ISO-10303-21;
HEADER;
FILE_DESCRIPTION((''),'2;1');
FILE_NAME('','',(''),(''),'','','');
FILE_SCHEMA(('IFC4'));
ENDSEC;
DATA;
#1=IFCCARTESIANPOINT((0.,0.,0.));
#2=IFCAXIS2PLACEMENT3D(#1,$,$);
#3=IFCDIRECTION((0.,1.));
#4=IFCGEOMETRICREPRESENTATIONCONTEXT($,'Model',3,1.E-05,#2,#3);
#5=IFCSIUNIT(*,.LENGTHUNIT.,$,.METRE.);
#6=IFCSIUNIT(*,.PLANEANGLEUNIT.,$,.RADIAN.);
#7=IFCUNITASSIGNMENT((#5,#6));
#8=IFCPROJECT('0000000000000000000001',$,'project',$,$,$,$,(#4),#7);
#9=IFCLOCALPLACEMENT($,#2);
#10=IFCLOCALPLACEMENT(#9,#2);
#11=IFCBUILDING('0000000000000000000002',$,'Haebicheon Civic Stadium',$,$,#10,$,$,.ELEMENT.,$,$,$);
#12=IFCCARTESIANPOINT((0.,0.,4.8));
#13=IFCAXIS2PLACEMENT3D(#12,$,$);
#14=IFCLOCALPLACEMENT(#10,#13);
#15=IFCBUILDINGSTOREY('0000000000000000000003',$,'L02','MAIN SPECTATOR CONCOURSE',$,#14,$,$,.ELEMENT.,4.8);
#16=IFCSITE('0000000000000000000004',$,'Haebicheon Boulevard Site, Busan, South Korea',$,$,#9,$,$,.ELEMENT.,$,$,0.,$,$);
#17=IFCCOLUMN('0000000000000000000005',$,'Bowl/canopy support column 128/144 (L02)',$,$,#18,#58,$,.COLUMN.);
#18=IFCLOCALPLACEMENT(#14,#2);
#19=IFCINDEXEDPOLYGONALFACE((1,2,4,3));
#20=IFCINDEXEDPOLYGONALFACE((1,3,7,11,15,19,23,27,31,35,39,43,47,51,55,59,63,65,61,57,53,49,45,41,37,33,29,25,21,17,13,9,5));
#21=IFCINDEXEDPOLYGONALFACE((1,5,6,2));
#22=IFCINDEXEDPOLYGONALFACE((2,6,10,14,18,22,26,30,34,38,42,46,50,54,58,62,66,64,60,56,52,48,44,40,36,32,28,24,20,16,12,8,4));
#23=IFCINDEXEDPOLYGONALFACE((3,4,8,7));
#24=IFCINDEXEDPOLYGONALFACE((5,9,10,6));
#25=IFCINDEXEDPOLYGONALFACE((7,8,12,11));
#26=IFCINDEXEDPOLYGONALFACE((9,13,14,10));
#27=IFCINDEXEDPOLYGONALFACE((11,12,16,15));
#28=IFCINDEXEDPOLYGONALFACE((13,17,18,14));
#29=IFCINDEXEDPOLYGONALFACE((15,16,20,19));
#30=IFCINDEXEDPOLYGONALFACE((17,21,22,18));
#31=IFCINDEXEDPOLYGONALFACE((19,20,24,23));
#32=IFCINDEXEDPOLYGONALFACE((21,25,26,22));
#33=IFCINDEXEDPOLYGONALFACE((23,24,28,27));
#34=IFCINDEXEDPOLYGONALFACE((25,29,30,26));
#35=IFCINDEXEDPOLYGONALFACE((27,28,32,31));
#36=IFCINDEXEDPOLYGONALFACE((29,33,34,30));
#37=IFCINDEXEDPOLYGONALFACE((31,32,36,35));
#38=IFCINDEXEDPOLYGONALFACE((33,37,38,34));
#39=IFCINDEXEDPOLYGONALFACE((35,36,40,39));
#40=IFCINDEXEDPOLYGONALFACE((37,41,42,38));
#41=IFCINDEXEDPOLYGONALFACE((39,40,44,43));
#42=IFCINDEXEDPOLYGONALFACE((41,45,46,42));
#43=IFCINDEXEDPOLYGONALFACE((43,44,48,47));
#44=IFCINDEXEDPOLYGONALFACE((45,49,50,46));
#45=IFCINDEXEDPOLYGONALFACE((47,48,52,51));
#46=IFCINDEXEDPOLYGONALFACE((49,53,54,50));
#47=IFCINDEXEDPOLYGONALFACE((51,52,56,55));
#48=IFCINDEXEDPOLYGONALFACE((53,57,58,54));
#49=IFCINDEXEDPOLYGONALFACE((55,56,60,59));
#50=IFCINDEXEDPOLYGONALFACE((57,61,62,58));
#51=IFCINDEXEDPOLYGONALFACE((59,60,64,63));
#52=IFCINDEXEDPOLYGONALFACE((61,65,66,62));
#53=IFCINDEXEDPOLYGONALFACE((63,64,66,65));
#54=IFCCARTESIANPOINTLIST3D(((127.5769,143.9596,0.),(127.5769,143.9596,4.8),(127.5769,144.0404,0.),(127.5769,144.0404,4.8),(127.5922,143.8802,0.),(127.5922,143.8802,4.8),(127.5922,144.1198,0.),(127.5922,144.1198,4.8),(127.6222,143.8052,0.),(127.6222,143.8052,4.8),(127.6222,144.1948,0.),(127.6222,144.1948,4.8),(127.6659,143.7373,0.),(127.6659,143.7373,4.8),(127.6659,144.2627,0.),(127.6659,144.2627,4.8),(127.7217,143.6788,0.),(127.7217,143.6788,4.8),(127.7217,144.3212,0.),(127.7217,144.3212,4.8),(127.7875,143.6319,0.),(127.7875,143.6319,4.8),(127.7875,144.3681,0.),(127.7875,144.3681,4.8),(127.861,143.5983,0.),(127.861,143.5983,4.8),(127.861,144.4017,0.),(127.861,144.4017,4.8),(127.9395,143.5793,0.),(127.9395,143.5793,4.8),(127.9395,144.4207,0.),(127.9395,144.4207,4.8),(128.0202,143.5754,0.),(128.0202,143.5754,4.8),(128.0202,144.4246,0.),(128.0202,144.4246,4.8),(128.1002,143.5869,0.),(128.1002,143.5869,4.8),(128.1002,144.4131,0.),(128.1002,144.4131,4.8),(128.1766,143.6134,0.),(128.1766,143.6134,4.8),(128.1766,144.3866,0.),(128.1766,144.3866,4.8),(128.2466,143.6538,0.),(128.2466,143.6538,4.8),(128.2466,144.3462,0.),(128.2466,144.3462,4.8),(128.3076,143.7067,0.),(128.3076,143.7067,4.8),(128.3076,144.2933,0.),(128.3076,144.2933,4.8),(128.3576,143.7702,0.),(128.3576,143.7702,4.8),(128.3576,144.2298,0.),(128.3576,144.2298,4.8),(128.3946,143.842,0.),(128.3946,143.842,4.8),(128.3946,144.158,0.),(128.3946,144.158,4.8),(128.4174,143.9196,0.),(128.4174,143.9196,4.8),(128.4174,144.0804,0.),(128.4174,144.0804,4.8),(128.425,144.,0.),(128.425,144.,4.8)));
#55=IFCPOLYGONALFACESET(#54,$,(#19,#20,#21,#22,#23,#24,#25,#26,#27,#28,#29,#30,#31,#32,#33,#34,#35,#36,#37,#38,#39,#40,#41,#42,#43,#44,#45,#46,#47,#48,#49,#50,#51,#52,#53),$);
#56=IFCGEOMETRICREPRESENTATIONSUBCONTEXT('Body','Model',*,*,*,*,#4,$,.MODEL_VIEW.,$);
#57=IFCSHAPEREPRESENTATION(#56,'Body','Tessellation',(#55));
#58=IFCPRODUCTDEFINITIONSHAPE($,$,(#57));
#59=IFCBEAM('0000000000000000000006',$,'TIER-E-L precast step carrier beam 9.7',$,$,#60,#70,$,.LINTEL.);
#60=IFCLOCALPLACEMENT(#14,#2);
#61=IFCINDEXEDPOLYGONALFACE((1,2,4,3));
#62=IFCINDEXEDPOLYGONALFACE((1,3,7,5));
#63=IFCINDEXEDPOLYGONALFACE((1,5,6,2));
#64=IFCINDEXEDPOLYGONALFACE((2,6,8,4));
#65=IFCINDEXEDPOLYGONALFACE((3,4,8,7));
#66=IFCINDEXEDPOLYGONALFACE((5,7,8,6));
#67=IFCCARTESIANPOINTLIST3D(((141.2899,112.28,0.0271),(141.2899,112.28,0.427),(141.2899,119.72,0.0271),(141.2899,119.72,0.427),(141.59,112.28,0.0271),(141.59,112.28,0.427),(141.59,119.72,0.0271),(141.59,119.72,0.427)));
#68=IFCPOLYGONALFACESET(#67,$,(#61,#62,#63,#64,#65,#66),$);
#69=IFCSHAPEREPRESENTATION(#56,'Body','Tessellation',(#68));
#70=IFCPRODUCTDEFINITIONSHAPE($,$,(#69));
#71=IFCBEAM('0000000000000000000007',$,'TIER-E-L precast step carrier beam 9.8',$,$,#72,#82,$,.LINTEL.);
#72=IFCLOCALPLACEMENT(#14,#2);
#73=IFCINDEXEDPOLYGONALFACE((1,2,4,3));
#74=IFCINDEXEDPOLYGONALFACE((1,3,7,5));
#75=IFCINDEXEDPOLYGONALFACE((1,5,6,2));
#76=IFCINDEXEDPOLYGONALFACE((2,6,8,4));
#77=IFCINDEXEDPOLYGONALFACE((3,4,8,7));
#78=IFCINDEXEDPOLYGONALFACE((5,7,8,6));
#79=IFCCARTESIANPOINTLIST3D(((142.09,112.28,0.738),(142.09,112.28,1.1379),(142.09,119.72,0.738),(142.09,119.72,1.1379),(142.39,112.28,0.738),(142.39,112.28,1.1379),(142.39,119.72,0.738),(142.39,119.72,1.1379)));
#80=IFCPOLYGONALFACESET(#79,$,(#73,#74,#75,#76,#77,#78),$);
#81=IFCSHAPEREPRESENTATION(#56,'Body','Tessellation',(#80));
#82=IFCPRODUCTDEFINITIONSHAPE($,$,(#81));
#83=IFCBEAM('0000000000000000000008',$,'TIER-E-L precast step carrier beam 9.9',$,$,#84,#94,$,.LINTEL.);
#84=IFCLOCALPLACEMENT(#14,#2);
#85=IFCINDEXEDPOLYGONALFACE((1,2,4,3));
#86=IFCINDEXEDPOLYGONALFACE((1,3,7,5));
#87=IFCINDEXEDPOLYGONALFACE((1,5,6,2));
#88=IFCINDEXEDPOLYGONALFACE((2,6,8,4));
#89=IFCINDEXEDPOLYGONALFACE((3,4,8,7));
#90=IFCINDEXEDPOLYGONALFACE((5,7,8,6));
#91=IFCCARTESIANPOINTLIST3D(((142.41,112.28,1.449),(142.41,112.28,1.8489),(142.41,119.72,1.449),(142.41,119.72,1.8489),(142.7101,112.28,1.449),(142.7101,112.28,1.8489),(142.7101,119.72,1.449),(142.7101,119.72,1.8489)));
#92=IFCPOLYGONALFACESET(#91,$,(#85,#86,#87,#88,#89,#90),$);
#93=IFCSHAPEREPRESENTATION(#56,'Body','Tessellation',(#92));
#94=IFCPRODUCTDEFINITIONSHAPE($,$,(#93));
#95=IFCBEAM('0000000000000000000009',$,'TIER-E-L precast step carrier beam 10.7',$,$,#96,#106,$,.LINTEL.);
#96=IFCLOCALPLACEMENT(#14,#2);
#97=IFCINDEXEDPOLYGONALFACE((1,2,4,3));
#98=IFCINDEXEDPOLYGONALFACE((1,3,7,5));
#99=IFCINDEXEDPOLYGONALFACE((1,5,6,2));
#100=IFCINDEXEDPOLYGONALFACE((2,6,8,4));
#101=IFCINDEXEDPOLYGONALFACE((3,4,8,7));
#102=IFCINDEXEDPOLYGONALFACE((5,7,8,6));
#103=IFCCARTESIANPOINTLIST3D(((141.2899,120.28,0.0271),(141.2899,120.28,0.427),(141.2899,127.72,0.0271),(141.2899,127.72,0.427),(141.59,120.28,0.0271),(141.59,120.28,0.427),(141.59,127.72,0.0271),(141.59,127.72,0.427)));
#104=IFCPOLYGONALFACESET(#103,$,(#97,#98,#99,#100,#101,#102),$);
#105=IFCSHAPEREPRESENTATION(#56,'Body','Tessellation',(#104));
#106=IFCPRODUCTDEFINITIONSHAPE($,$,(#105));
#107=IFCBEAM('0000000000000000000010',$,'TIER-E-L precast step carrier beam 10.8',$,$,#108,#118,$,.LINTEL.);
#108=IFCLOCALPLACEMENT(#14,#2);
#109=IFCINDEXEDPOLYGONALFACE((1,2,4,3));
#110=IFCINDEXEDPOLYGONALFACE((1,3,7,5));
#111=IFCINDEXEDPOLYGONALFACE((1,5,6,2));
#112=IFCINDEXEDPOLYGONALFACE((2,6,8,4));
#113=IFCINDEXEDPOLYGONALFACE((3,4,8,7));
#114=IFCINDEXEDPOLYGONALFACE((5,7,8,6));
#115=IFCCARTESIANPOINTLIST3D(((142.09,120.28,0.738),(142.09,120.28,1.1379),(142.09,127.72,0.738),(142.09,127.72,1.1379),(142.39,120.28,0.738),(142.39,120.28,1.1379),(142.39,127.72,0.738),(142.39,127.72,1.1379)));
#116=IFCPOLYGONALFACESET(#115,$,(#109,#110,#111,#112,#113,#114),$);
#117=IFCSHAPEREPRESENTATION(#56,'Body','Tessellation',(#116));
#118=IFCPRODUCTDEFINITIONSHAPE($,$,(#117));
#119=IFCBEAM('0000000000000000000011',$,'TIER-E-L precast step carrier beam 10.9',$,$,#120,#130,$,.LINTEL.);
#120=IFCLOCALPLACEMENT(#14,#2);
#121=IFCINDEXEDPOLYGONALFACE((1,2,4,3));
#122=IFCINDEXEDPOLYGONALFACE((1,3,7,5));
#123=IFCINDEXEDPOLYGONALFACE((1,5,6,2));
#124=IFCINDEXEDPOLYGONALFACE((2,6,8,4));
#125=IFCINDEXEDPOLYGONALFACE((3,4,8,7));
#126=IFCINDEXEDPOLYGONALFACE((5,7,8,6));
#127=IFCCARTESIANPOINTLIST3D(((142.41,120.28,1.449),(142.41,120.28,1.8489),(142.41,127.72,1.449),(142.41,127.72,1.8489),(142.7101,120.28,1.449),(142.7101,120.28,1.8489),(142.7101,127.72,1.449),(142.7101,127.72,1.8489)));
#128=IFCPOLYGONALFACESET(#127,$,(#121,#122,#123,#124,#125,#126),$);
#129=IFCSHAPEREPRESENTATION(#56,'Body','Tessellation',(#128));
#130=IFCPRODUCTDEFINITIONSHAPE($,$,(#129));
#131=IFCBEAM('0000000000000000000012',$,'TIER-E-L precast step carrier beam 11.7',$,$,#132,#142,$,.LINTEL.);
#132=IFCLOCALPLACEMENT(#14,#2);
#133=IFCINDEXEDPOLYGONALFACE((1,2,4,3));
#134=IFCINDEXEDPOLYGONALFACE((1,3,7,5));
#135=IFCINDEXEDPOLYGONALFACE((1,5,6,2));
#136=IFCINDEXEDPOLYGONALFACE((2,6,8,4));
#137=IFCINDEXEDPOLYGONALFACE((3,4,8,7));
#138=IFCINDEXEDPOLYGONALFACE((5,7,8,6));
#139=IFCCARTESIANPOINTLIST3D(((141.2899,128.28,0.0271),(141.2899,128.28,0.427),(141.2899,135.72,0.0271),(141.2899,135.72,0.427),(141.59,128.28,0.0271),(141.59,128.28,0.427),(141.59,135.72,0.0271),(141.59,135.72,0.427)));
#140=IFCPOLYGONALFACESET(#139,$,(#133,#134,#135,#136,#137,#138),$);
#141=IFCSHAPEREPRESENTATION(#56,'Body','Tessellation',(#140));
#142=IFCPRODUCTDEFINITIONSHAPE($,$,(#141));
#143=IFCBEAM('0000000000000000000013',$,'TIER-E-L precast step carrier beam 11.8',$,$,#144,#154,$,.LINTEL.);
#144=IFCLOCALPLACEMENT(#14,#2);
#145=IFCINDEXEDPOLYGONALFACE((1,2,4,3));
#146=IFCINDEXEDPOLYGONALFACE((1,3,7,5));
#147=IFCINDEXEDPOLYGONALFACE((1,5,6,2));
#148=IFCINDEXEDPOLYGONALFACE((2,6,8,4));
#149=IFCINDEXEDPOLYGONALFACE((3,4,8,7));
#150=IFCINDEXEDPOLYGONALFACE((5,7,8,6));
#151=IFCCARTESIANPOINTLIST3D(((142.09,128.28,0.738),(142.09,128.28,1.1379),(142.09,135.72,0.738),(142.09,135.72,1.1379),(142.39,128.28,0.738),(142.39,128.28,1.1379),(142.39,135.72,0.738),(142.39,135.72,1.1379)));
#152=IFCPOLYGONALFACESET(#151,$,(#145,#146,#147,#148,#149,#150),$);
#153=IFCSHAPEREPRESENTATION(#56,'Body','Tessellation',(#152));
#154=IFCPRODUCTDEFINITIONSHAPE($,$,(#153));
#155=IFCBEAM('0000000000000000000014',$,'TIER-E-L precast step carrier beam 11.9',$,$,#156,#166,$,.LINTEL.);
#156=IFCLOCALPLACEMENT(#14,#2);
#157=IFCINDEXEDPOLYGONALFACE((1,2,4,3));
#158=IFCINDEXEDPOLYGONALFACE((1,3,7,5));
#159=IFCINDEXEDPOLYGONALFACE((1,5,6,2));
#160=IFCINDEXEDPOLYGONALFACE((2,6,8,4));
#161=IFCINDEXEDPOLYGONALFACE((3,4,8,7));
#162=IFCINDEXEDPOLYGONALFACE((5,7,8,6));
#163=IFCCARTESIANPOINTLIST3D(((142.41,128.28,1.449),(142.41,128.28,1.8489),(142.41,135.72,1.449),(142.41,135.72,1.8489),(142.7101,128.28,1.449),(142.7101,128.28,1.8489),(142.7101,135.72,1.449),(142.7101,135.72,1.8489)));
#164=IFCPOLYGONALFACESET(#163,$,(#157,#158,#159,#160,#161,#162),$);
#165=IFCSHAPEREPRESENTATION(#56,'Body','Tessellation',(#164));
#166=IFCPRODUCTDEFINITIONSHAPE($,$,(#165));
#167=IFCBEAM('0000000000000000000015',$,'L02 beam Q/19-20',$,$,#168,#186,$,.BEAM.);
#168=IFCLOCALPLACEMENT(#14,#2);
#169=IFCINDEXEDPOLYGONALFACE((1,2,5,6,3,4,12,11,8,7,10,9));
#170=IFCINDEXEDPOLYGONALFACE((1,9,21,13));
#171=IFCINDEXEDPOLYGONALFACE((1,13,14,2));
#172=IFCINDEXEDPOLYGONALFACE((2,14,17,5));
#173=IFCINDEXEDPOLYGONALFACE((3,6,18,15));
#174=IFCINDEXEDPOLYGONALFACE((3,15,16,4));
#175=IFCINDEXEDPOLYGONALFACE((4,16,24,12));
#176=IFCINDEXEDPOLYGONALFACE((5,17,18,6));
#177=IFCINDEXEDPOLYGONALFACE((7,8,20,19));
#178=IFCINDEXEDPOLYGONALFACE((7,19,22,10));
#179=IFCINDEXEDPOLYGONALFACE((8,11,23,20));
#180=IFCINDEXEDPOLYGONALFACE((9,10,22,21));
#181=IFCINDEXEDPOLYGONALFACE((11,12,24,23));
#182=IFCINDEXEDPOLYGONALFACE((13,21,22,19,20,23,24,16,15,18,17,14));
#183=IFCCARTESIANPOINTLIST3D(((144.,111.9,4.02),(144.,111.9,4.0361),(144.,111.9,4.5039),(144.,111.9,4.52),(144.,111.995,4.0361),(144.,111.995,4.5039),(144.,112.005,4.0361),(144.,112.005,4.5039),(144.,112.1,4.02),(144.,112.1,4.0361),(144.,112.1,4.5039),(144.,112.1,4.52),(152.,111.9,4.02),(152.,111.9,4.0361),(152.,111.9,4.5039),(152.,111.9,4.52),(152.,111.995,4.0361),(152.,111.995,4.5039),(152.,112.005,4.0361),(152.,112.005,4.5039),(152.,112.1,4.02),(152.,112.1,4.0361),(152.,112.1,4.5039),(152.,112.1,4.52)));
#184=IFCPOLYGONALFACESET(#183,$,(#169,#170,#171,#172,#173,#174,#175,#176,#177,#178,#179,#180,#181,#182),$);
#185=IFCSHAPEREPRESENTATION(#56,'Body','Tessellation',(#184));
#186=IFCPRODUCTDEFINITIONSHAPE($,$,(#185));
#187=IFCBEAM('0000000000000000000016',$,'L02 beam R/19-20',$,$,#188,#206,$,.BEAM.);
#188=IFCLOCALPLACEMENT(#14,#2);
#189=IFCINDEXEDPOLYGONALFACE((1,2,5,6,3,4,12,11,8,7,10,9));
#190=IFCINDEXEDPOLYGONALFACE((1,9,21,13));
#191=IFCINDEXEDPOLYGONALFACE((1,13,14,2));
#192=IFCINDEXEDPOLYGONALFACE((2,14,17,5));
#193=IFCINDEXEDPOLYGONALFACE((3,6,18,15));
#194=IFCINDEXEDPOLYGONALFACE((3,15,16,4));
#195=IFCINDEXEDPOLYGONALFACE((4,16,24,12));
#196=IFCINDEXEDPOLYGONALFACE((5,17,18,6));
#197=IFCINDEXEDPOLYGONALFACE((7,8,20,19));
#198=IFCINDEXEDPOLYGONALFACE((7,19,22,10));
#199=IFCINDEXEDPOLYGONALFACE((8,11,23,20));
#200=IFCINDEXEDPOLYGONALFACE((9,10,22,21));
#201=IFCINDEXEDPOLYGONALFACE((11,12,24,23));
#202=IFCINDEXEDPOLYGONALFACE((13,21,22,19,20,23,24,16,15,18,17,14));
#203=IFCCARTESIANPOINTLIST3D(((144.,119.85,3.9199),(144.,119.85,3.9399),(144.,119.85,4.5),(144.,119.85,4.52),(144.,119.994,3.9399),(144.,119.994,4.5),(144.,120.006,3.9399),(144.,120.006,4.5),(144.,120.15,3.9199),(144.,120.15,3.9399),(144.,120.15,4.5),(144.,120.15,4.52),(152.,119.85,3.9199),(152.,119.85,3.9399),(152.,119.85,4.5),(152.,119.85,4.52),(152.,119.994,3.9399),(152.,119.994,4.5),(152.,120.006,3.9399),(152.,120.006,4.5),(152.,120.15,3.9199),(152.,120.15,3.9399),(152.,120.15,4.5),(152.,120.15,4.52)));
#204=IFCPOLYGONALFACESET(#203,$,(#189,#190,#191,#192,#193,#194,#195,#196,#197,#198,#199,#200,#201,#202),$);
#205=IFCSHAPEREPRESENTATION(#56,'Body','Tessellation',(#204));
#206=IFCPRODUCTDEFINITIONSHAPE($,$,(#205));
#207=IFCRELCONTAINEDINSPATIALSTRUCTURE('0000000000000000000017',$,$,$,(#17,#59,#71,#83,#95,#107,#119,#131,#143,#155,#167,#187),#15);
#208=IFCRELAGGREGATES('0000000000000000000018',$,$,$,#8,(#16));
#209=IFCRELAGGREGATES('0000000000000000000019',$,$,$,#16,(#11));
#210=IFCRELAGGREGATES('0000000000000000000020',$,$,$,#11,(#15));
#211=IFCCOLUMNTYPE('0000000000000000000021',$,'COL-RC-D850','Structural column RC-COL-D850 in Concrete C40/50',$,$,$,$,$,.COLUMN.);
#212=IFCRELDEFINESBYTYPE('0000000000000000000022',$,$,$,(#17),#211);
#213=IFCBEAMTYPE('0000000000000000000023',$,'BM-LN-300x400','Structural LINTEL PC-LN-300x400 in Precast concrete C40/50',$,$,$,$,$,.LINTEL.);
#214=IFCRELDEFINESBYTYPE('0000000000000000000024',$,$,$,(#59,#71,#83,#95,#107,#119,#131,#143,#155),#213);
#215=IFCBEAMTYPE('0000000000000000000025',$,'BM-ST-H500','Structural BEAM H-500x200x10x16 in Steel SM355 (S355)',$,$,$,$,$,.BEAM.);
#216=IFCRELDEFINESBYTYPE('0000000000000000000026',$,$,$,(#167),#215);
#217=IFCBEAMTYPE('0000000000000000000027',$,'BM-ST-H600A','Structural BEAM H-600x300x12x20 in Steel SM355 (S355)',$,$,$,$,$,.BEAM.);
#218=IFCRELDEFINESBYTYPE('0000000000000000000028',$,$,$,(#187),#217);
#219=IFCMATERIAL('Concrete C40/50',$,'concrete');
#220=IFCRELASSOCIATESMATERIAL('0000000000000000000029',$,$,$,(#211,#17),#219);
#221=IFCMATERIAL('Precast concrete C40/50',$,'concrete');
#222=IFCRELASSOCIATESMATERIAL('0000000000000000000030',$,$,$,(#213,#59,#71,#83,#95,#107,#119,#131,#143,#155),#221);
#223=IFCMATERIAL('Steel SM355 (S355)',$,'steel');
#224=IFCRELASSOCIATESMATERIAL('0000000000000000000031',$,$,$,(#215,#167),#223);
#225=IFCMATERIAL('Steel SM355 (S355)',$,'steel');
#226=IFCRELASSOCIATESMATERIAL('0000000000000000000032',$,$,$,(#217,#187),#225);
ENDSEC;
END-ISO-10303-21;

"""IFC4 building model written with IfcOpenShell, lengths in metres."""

from ifc_helpers import new_model, si_unit, direction, frame, origin, origin_2d, place, context, subcontext, project, spatial, rectangle, circle, i_section, extrude, material, material_profile, profile_set, type_object, element, save


model = new_model("IFC4")

# Units and contexts
model_context = context("Model", 3, precision=1e-05, world=origin(), true_north=direction((0.0, 1.0)))
body_context = subcontext(model_context, "Body", "Model", "MODEL_VIEW")
ifc_project = project(units=[si_unit("LENGTHUNIT", "METRE"), si_unit("PLANEANGLEUNIT", "RADIAN")], contexts=[model_context])

# Site, building, storey
site_placement = place(None, origin())
site = spatial("IfcSite", under=ifc_project, at=site_placement, Name="Haebicheon Boulevard Site, Busan, South Korea", CompositionType="ELEMENT", RefElevation=0.0)
building_placement = place(site_placement, origin())
building = spatial("IfcBuilding", under=site, at=building_placement, Name="Haebicheon Civic Stadium", CompositionType="ELEMENT")
storey_placement = place(building_placement, frame((0.0, 0.0, 4.8)))
storey = spatial("IfcBuildingStorey", under=building, at=storey_placement, Name="L02", Description="MAIN SPECTATOR CONCOURSE", CompositionType="ELEMENT", Elevation=4.8)

# Column
ifc_material_1 = material(Name="Concrete C40/50", Category="concrete")
ifc_material_profile_1 = material_profile(ifc_material_1, circle(Radius=0.425, at=origin_2d()), Name="RC-COL-D850")
ifc_profile_set_1 = profile_set([ifc_material_profile_1], Name="Concrete C40/50")
column_type_1 = type_object("IfcColumnType", Name="COL-RC-D850", Description="Structural column RC-COL-D850 in Concrete C40/50", PredefinedType="COLUMN", material=ifc_profile_set_1)
for number, where, z_axis, x_axis, name in (
    (1, (128.0, 144.0, 0.0), (0.0, 0.0, 1.0), (1.0, 0.0, 0.0), "Bowl/canopy support column 128/144 (L02)"),
):
    element("IfcColumn", number, at=place(storey_placement, frame(where, z_axis=z_axis, x_axis=x_axis)), inside=storey, type_object=column_type_1, material=ifc_profile_set_1, Name=name, PredefinedType="COLUMN", context=body_context, shape_type="SweptSolid", body=[
        extrude(circle(Radius=0.425, at=origin_2d()), origin(), (0.0, 0.0, 1.0), 4.8),
    ])

# Beams
ifc_material_2 = material(Name="Precast concrete C40/50", Category="concrete")
ifc_material_profile_2 = material_profile(ifc_material_2, rectangle(XDim=0.3, YDim=0.3999, at=origin_2d()), Name="PC-LN-300x400")
ifc_profile_set_2 = profile_set([ifc_material_profile_2], Name="Precast concrete C40/50")
beam_type_1 = type_object("IfcBeamType", Name="BM-LN-300x400", Description="Structural LINTEL PC-LN-300x400 in Precast concrete C40/50", PredefinedType="LINTEL", material=ifc_profile_set_2)
for number, where, z_axis, x_axis, name in (
    (2, (141.4399, 112.28, 0.2271), (0.0, 1.0, 0.0), (-1.0, 0.0, 0.0), "TIER-E-L precast step carrier beam 9.7"),
    (3, (142.24, 112.28, 0.938), (0.0, 1.0, 0.0), (-1.0, 0.0, 0.0), "TIER-E-L precast step carrier beam 9.8"),
    (4, (142.5601, 112.28, 1.6489), (0.0, 1.0, 0.0), (-1.0, 0.0, 0.0), "TIER-E-L precast step carrier beam 9.9"),
    (5, (141.4399, 120.28, 0.2271), (0.0, 1.0, 0.0), (-1.0, 0.0, 0.0), "TIER-E-L precast step carrier beam 10.7"),
    (6, (142.24, 120.28, 0.938), (0.0, 1.0, 0.0), (-1.0, 0.0, 0.0), "TIER-E-L precast step carrier beam 10.8"),
    (7, (142.5601, 120.28, 1.6489), (0.0, 1.0, 0.0), (-1.0, 0.0, 0.0), "TIER-E-L precast step carrier beam 10.9"),
    (8, (141.4399, 128.28, 0.2271), (0.0, 1.0, 0.0), (-1.0, 0.0, 0.0), "TIER-E-L precast step carrier beam 11.7"),
    (9, (142.24, 128.28, 0.938), (0.0, 1.0, 0.0), (-1.0, 0.0, 0.0), "TIER-E-L precast step carrier beam 11.8"),
    (10, (142.5601, 128.28, 1.6489), (0.0, 1.0, 0.0), (-1.0, 0.0, 0.0), "TIER-E-L precast step carrier beam 11.9"),
):
    element("IfcBeam", number, at=place(storey_placement, frame(where, z_axis=z_axis, x_axis=x_axis)), inside=storey, type_object=beam_type_1, material=ifc_profile_set_2, Name=name, PredefinedType="LINTEL", context=body_context, shape_type="SweptSolid", body=[
        extrude(rectangle(XDim=0.3, YDim=0.3999, at=origin_2d()), origin(), (0.0, 0.0, 1.0), 7.4399),
    ])
ifc_material_3 = material(Name="Steel SM355 (S355)", Category="steel")
ifc_material_profile_3 = material_profile(ifc_material_3, i_section(OverallWidth=0.2, OverallDepth=0.5, WebThickness=0.01, FlangeThickness=0.0161, at=origin_2d()), Name="H-500x200x10x16")
ifc_profile_set_3 = profile_set([ifc_material_profile_3], Name="Steel SM355 (S355)")
beam_type_2 = type_object("IfcBeamType", Name="BM-ST-H500", Description="Structural BEAM H-500x200x10x16 in Steel SM355 (S355)", PredefinedType="BEAM", material=ifc_profile_set_3)
beam_placement = place(storey_placement, frame((144.0, 112.0, 4.27), z_axis=(1.0, 0.0, 0.0), x_axis=(0.0, 1.0, 0.0)))
element("IfcBeam", 11, at=beam_placement, inside=storey, type_object=beam_type_2, material=ifc_profile_set_3, Name="L02 beam Q/19-20", PredefinedType="BEAM", context=body_context, shape_type="SweptSolid", body=[
    extrude(i_section(OverallWidth=0.2, OverallDepth=0.5, WebThickness=0.01, FlangeThickness=0.0161, at=origin_2d()), origin(), (0.0, 0.0, 1.0), 8.0),
])
ifc_material_4 = material(Name="Steel SM355 (S355)", Category="steel")
ifc_material_profile_4 = material_profile(ifc_material_4, i_section(OverallWidth=0.3, OverallDepth=0.6001, WebThickness=0.012, FlangeThickness=0.02, at=origin_2d()), Name="H-600x300x12x20")
ifc_profile_set_4 = profile_set([ifc_material_profile_4], Name="Steel SM355 (S355)")
beam_type_3 = type_object("IfcBeamType", Name="BM-ST-H600A", Description="Structural BEAM H-600x300x12x20 in Steel SM355 (S355)", PredefinedType="BEAM", material=ifc_profile_set_4)
for number, where, z_axis, x_axis, name in (
    (12, (144.0, 120.0, 4.22), (1.0, 0.0, 0.0), (0.0, 1.0, 0.0), "L02 beam R/19-20"),
):
    element("IfcBeam", number, at=place(storey_placement, frame(where, z_axis=z_axis, x_axis=x_axis)), inside=storey, type_object=beam_type_3, material=ifc_profile_set_4, Name=name, PredefinedType="BEAM", context=body_context, shape_type="SweptSolid", body=[
        extrude(i_section(OverallWidth=0.3, OverallDepth=0.6001, WebThickness=0.012, FlangeThickness=0.02, at=origin_2d()), origin(), (0.0, 0.0, 1.0), 8.0),
    ])

save(model, "model.ifc")
